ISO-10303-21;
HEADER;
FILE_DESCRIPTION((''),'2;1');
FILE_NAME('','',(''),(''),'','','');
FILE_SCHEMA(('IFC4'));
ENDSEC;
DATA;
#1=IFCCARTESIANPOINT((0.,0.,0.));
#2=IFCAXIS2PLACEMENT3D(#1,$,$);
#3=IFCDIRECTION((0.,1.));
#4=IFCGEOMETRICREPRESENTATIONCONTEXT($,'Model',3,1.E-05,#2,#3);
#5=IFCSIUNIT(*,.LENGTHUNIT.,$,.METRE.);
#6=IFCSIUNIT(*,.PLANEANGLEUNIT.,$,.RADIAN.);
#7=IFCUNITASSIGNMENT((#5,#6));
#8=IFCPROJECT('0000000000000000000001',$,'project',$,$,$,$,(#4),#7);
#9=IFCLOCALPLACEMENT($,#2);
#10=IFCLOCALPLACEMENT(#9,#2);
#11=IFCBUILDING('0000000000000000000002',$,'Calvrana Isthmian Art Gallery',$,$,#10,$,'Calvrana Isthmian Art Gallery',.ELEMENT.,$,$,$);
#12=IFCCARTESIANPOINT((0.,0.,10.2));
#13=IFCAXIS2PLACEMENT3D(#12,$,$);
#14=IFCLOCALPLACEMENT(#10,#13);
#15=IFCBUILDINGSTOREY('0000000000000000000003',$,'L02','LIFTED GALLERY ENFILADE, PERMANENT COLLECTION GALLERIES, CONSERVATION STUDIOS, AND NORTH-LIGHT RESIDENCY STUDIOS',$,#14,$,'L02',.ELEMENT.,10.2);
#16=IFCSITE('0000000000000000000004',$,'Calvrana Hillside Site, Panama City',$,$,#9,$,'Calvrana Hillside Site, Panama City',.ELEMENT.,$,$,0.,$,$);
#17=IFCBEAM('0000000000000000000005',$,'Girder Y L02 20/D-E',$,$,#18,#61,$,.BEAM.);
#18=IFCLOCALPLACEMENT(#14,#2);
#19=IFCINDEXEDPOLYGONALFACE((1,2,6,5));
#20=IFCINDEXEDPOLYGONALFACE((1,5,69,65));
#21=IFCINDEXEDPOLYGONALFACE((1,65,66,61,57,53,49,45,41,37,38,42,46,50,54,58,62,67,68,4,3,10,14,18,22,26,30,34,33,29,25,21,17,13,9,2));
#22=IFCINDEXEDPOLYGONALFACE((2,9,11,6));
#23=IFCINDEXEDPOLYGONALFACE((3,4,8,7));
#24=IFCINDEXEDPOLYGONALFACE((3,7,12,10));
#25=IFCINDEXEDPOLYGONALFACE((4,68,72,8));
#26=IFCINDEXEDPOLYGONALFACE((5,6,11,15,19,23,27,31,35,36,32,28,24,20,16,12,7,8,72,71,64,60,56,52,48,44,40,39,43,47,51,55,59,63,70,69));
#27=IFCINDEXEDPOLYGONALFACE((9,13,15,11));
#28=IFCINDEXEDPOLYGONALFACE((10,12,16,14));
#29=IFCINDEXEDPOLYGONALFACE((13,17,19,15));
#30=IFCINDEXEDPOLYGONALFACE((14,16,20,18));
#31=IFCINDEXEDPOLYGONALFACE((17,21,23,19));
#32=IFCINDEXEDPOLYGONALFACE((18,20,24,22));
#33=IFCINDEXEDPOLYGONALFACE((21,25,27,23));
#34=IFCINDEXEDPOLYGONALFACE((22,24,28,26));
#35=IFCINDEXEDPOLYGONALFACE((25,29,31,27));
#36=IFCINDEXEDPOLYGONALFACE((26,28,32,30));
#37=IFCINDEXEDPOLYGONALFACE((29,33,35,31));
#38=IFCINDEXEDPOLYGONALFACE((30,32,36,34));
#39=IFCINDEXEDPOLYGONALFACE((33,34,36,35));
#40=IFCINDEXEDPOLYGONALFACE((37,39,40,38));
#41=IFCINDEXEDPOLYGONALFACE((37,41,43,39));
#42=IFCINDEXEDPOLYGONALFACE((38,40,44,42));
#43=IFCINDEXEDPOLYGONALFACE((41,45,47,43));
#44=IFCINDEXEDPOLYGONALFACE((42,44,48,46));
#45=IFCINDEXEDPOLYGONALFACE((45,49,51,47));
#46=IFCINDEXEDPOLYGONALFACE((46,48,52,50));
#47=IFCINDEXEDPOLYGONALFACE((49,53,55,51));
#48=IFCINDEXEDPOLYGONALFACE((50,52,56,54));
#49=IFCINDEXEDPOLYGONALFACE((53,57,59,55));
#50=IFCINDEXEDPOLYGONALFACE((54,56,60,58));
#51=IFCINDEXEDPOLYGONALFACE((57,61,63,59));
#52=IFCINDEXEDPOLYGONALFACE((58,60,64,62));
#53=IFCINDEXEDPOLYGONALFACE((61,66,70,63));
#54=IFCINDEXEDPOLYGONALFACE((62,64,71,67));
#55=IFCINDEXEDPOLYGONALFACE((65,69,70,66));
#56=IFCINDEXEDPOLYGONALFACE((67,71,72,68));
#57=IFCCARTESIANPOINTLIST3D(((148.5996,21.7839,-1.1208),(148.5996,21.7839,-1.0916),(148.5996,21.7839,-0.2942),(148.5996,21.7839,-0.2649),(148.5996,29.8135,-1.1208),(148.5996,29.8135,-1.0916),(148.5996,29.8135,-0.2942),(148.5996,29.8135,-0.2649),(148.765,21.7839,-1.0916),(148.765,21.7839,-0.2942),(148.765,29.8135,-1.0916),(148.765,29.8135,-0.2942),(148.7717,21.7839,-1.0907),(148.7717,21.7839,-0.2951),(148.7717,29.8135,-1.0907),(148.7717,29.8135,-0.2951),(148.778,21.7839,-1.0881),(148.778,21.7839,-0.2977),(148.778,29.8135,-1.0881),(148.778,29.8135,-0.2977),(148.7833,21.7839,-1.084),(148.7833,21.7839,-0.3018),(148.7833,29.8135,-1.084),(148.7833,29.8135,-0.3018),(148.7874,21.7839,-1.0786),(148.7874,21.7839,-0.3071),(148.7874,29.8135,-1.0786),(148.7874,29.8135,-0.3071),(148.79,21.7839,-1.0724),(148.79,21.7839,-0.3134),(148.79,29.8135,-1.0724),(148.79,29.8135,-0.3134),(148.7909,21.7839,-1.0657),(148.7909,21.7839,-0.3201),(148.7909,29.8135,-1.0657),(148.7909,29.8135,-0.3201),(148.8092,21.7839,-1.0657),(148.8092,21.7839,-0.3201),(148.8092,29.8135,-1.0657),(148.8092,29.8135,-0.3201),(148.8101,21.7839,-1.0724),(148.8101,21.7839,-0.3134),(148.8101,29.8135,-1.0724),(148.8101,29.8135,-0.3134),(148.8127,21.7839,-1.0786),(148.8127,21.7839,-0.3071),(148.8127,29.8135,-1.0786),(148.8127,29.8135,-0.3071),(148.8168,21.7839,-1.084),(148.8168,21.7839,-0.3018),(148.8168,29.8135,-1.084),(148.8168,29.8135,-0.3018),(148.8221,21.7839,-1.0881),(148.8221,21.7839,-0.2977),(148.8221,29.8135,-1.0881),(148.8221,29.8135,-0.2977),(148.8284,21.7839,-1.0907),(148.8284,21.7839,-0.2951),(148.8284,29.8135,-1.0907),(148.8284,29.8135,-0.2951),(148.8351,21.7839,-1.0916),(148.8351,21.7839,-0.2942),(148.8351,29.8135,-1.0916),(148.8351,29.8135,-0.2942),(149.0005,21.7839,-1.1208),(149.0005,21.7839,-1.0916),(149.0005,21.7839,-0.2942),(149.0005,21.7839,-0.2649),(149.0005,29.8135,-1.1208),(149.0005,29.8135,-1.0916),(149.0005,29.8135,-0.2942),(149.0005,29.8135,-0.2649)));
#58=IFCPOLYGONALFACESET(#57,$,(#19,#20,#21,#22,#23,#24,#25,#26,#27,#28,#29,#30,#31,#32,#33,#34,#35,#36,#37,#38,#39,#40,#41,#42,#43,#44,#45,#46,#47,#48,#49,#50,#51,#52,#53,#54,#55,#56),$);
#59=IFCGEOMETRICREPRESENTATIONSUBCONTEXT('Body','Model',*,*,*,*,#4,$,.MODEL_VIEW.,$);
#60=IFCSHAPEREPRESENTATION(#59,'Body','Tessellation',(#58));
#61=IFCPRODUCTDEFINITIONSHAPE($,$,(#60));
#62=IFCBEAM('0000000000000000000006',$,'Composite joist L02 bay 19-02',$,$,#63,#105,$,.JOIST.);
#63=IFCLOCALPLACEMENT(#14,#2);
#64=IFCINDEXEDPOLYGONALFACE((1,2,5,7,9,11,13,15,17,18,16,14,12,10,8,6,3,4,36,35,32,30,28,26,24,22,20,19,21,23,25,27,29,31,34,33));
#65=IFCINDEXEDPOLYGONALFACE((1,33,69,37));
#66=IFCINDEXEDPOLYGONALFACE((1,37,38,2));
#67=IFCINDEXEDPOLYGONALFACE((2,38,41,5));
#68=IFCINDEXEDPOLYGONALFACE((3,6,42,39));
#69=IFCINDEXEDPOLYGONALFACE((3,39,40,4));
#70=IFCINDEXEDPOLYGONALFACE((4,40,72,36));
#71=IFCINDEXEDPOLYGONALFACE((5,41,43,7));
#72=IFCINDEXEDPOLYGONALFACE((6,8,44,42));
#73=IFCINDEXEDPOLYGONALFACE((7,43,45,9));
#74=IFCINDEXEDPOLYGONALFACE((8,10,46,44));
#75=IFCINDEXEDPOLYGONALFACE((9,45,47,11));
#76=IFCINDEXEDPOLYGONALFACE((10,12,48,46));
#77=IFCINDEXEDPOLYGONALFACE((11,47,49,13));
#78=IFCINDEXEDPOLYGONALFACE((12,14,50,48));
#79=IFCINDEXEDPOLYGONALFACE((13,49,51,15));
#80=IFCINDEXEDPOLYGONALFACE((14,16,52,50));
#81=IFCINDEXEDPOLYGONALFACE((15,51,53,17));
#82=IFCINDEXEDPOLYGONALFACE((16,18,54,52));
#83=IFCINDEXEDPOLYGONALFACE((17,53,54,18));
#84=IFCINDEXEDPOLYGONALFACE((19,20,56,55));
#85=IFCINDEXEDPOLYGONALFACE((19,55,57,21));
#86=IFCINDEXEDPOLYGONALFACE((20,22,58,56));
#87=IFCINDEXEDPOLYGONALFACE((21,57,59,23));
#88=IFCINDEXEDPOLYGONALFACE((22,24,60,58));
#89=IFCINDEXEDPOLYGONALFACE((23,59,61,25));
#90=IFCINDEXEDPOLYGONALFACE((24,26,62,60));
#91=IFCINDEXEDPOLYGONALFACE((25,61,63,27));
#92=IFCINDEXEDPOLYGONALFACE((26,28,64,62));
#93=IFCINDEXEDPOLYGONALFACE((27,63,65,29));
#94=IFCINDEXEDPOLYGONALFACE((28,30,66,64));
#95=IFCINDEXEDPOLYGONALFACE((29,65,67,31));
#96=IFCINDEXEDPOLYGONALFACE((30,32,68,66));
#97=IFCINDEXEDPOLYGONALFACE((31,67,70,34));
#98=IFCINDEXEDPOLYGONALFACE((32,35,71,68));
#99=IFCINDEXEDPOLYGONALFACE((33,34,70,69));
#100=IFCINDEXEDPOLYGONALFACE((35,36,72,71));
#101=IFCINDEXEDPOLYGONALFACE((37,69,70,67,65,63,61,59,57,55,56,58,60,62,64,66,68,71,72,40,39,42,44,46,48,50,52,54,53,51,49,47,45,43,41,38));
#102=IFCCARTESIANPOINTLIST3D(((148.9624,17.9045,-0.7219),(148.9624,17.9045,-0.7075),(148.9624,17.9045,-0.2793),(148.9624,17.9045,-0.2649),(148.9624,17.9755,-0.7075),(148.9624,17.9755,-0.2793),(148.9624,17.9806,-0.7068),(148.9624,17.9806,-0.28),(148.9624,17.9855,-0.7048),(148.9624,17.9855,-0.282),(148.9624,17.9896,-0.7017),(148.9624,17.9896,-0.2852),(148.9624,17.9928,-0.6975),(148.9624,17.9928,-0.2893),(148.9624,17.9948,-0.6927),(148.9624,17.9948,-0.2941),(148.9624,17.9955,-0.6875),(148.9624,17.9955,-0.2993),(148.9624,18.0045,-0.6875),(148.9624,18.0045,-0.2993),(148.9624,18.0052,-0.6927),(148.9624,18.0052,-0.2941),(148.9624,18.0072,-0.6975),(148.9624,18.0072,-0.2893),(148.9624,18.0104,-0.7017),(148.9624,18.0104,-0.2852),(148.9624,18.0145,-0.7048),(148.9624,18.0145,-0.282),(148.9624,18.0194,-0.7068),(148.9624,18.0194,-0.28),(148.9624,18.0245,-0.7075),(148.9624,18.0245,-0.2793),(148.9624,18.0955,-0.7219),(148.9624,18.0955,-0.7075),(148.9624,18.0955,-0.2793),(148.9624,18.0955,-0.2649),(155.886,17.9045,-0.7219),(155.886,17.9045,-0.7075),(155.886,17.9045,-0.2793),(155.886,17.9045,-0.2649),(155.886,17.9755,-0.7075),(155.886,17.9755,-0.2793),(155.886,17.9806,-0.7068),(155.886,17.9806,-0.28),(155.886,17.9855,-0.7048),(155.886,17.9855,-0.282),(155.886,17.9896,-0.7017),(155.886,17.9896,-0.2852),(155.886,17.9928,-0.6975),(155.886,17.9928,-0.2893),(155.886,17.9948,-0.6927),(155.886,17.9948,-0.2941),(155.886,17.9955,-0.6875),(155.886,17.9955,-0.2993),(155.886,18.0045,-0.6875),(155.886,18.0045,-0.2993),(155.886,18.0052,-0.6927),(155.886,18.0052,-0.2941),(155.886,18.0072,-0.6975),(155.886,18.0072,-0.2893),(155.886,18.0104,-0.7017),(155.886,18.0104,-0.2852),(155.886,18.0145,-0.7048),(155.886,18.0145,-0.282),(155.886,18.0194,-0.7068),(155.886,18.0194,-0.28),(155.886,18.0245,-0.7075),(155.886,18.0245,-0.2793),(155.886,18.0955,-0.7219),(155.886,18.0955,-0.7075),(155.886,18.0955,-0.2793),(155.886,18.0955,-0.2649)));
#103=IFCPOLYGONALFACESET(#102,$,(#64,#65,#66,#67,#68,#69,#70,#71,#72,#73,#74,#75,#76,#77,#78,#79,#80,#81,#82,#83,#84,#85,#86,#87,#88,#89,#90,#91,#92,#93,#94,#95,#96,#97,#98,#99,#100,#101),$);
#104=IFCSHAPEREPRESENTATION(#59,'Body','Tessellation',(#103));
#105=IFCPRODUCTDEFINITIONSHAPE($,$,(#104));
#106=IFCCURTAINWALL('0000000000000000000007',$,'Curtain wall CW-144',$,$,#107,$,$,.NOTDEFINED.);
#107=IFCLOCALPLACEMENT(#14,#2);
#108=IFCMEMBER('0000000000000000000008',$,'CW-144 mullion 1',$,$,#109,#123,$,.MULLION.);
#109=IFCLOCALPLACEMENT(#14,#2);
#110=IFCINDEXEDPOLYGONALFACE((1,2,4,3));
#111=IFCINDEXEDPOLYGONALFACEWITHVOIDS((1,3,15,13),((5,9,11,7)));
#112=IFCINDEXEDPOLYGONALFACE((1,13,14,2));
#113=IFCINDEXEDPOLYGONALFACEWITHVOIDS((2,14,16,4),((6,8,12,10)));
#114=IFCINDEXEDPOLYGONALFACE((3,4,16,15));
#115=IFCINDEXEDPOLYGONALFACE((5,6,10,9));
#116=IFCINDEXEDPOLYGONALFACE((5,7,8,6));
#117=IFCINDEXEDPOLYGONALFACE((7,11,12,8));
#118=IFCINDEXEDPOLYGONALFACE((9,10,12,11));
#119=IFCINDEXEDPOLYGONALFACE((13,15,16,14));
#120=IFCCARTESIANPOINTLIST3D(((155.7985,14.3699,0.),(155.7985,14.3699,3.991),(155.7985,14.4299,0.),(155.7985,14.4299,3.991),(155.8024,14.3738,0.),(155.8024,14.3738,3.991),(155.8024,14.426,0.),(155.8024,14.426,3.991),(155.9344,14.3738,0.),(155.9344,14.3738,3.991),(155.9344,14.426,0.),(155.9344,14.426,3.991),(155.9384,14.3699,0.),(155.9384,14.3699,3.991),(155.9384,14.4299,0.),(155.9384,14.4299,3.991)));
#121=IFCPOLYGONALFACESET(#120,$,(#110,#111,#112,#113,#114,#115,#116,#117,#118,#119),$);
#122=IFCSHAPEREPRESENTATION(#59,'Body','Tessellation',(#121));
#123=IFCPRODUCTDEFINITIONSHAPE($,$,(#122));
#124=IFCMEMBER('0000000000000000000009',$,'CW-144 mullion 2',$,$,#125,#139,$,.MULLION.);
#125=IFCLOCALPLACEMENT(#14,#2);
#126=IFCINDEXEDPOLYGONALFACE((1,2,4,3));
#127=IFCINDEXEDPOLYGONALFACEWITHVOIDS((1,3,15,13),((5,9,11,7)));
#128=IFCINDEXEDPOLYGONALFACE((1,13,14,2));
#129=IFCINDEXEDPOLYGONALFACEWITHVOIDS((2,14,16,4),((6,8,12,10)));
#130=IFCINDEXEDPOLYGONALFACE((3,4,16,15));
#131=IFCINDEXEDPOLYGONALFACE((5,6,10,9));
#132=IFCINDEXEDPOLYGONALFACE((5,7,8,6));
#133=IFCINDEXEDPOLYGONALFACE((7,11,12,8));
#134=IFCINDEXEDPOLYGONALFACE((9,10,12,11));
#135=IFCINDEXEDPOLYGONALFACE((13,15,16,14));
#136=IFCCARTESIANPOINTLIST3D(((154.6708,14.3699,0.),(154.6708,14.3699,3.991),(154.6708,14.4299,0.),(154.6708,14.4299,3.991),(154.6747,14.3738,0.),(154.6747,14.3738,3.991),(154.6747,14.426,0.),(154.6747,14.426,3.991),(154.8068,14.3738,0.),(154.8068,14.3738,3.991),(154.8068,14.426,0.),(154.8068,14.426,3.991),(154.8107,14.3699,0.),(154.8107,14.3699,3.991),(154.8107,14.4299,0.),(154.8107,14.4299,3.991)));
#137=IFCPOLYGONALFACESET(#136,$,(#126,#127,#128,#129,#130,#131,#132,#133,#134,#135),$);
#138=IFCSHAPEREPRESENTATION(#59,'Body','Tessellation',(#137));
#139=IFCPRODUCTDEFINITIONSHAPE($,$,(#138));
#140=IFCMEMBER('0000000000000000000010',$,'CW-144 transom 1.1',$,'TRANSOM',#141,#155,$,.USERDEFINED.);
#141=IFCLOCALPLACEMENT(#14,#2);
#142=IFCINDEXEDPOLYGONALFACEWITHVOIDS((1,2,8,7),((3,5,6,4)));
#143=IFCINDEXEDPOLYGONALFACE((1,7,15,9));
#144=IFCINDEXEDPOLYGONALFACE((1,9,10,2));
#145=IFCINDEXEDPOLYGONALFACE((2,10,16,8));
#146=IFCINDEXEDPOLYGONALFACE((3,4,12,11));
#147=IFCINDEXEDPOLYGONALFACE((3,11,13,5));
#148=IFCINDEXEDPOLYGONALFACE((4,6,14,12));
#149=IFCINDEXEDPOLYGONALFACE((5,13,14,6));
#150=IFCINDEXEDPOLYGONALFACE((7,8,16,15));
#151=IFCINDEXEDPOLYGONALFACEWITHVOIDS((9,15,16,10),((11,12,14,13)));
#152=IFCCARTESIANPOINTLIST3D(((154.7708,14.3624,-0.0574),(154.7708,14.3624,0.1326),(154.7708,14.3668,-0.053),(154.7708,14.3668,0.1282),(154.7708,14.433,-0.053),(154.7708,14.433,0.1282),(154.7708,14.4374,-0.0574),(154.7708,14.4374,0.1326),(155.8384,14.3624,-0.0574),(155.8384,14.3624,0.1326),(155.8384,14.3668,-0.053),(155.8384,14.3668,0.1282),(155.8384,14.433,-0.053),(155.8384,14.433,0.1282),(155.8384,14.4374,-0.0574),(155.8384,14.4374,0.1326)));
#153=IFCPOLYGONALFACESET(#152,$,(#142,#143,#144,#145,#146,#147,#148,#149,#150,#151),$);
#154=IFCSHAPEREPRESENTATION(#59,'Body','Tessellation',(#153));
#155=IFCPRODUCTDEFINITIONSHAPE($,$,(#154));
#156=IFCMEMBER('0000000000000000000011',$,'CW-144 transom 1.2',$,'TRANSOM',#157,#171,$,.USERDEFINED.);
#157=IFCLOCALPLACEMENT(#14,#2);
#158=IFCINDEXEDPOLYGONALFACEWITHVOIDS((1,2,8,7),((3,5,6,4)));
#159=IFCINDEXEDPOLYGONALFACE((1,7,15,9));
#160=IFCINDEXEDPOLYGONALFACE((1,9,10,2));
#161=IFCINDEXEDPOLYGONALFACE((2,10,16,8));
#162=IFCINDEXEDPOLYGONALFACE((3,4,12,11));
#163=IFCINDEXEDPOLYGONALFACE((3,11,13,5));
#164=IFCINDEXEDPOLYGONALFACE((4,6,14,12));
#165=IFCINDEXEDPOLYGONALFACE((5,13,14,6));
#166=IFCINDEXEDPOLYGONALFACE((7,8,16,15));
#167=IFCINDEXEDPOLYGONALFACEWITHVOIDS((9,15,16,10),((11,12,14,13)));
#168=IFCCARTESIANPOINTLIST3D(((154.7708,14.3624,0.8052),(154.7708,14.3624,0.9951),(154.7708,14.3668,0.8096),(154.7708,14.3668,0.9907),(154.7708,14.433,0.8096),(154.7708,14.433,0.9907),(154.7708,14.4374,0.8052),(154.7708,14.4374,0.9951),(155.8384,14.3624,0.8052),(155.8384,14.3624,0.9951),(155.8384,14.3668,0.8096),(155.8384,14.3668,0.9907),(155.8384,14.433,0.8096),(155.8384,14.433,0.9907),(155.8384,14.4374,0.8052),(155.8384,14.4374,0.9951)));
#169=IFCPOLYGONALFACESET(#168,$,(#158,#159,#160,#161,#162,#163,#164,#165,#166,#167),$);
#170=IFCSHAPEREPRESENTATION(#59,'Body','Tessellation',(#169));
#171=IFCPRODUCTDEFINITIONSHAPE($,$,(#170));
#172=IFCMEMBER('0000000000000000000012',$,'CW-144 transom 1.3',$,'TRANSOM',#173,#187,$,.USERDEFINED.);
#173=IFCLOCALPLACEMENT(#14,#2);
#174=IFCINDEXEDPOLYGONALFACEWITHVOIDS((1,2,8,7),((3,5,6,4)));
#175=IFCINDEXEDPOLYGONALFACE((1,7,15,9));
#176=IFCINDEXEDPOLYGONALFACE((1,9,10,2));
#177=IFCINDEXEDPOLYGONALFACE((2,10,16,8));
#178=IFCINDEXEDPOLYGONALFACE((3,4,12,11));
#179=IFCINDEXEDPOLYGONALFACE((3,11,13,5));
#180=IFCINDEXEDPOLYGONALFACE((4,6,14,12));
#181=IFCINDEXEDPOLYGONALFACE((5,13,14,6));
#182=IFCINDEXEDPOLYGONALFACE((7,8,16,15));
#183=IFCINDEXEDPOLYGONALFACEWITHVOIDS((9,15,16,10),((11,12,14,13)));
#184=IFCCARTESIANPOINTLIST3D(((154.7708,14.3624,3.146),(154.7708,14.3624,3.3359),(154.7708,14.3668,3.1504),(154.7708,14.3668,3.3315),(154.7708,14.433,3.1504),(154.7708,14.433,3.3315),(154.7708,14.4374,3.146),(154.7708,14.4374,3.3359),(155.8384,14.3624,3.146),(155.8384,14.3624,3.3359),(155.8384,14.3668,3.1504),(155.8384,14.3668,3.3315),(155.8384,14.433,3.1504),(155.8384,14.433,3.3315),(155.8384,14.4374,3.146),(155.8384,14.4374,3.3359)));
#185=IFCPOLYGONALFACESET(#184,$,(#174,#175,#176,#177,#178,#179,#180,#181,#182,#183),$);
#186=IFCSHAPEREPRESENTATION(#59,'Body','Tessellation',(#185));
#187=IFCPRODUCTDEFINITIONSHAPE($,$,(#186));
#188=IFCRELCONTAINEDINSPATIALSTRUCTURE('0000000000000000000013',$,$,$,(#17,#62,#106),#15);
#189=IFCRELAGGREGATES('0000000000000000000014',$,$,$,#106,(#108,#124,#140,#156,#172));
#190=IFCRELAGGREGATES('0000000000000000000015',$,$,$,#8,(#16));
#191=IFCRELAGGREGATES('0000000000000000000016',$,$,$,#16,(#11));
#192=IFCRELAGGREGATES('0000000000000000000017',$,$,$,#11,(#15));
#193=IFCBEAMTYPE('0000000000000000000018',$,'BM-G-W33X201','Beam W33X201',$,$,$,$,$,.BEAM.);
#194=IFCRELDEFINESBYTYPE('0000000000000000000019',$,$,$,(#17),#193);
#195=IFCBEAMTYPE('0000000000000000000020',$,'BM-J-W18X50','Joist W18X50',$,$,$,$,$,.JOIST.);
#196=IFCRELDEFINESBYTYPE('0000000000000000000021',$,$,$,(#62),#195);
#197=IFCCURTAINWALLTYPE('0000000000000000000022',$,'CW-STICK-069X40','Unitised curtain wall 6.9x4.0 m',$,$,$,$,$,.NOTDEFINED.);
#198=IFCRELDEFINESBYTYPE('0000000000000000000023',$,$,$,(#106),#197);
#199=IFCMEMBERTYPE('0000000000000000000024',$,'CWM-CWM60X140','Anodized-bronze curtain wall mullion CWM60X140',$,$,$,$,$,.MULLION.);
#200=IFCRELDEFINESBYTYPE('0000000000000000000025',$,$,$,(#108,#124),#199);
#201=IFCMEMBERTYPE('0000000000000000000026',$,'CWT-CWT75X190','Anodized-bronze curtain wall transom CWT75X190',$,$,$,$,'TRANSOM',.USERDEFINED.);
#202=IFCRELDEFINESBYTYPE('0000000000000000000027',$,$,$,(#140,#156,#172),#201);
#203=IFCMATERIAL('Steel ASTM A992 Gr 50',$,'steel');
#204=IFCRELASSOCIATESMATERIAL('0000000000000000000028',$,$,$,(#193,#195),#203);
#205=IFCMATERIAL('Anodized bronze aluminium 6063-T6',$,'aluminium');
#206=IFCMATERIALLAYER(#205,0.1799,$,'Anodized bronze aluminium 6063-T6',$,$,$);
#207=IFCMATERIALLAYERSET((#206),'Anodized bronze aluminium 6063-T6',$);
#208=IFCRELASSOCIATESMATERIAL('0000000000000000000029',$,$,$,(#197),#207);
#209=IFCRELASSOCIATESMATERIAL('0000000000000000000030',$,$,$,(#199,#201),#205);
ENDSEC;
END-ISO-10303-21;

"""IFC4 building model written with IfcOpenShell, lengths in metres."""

from ifc_helpers import new_model, si_unit, direction, frame, origin, origin_2d, place, context, subcontext, project, spatial, hollow_rectangle, i_section, extrude, material, layer, layer_set, material_profile, profile_set, type_object, element, aggregate, save


model = new_model("IFC4")

# Units and contexts
model_context = context("Model", 3, precision=1e-05, world=origin(), true_north=direction((0.0, 1.0)))
body_context = subcontext(model_context, "Body", "Model", "MODEL_VIEW")
ifc_project = project(units=[si_unit("LENGTHUNIT", "METRE"), si_unit("PLANEANGLEUNIT", "RADIAN")], contexts=[model_context])

# Site, building, storey
site_placement = place(None, origin())
site = spatial("IfcSite", under=ifc_project, at=site_placement, Name="Calvrana Hillside Site, Panama City", LongName="Calvrana Hillside Site, Panama City", CompositionType="ELEMENT", RefElevation=0.0)
building_placement = place(site_placement, origin())
building = spatial("IfcBuilding", under=site, at=building_placement, Name="Calvrana Isthmian Art Gallery", LongName="Calvrana Isthmian Art Gallery", CompositionType="ELEMENT")
storey_placement = place(building_placement, frame((0.0, 0.0, 10.2)))
storey = spatial("IfcBuildingStorey", under=building, at=storey_placement, Name="L02", Description="LIFTED GALLERY ENFILADE, PERMANENT COLLECTION GALLERIES, CONSERVATION STUDIOS, AND NORTH-LIGHT RESIDENCY STUDIOS", LongName="L02", CompositionType="ELEMENT", Elevation=10.2)

# Beams
ifc_material_1 = material(Name="Steel ASTM A992 Gr 50", Category="steel")
ifc_material_profile_1 = material_profile(ifc_material_1, i_section(OverallWidth=0.4009, OverallDepth=0.856, WebThickness=0.0183, FlangeThickness=0.0293, FilletRadius=0.0259, at=origin_2d()), Name="W33X201")
ifc_profile_set_1 = profile_set([ifc_material_profile_1], Name="Steel ASTM A992 Gr 50")
beam_type_1 = type_object("IfcBeamType", Name="BM-G-W33X201", Description="Beam W33X201", PredefinedType="BEAM", material=ifc_profile_set_1)
beam_1_placement = place(storey_placement, frame((148.8, 21.7839, -0.6929), z_axis=(0.0, 1.0, 0.0), x_axis=(-1.0, 0.0, 0.0)))
element("IfcBeam", 1, at=beam_1_placement, inside=storey, type_object=beam_type_1, Name="Girder Y L02 20/D-E", PredefinedType="BEAM", context=body_context, shape_type="SweptSolid", body=[
    extrude(i_section(OverallWidth=0.4009, OverallDepth=0.856, WebThickness=0.0183, FlangeThickness=0.0293, FilletRadius=0.0259, at=origin_2d()), origin(), (0.0, 0.0, 1.0), 8.0295),
])
ifc_material_profile_2 = material_profile(ifc_material_1, i_section(OverallWidth=0.1909, OverallDepth=0.457, WebThickness=0.009, FlangeThickness=0.0144, FilletRadius=0.02, at=origin_2d()), Name="W18X50")
ifc_profile_set_2 = profile_set([ifc_material_profile_2], Name="Steel ASTM A992 Gr 50")
beam_type_2 = type_object("IfcBeamType", Name="BM-J-W18X50", Description="Joist W18X50", PredefinedType="JOIST", material=ifc_profile_set_2)
beam_2_placement = place(storey_placement, frame((148.9624, 18.0, -0.4934), z_axis=(1.0, 0.0, 0.0), x_axis=(0.0, 1.0, 0.0)))
element("IfcBeam", 2, at=beam_2_placement, inside=storey, type_object=beam_type_2, Name="Composite joist L02 bay 19-02", PredefinedType="JOIST", context=body_context, shape_type="SweptSolid", body=[
    extrude(i_section(OverallWidth=0.1909, OverallDepth=0.457, WebThickness=0.009, FlangeThickness=0.0144, FilletRadius=0.02, at=origin_2d()), origin(), (0.0, 0.0, 1.0), 6.9236),
])

# Curtain wall, members
ifc_material_2 = material(Name="Anodized bronze aluminium 6063-T6", Category="aluminium")
ifc_layer_1 = layer(ifc_material_2, 0.1799, Name="Anodized bronze aluminium 6063-T6")
ifc_layer_set_1 = layer_set([ifc_layer_1], Name="Anodized bronze aluminium 6063-T6")
curtain_wall_type = type_object("IfcCurtainWallType", Name="CW-STICK-069X40", Description="Unitised curtain wall 6.9x4.0 m", PredefinedType="NOTDEFINED", material=ifc_layer_set_1)
curtain_wall_placement = place(storey_placement, origin())
curtain_wall = element("IfcCurtainWall", 3, at=curtain_wall_placement, inside=storey, type_object=curtain_wall_type, Name="Curtain wall CW-144", PredefinedType="NOTDEFINED")
ifc_material_profile_3 = material_profile(ifc_material_2, hollow_rectangle(XDim=0.0601, YDim=0.1399, WallThickness=0.0039, at=origin_2d()), Name="CWM60X140")
ifc_profile_set_3 = profile_set([ifc_material_profile_3], Name="Anodized bronze aluminium 6063-T6")
member_type_1 = type_object("IfcMemberType", Name="CWM-CWM60X140", Description="Anodized-bronze curtain wall mullion CWM60X140", PredefinedType="MULLION", material=ifc_profile_set_3)
member_1_placement = place(storey_placement, frame((155.8684, 14.3999, 0.0), z_axis=(0.0, 0.0, 1.0), x_axis=(0.0, -1.0, 0.0)))
member_1 = element("IfcMember", 4, at=member_1_placement, type_object=member_type_1, Name="CW-144 mullion 1", PredefinedType="MULLION", context=body_context, shape_type="SweptSolid", body=[
    extrude(hollow_rectangle(XDim=0.0601, YDim=0.1399, WallThickness=0.0039, at=origin_2d()), origin(), (0.0, 0.0, 1.0), 3.991),
])
member_2_placement = place(storey_placement, frame((154.7407, 14.3999, 0.0), z_axis=(0.0, 0.0, 1.0), x_axis=(0.0, -1.0, 0.0)))
member_2 = element("IfcMember", 5, at=member_2_placement, type_object=member_type_1, Name="CW-144 mullion 2", PredefinedType="MULLION", context=body_context, shape_type="SweptSolid", body=[
    extrude(hollow_rectangle(XDim=0.0601, YDim=0.1399, WallThickness=0.0039, at=origin_2d()), origin(), (0.0, 0.0, 1.0), 3.991),
])
ifc_material_profile_4 = material_profile(ifc_material_2, hollow_rectangle(XDim=0.075, YDim=0.1899, WallThickness=0.0044, at=origin_2d()), Name="CWT75X190")
ifc_profile_set_4 = profile_set([ifc_material_profile_4], Name="Anodized bronze aluminium 6063-T6")
member_type_2 = type_object("IfcMemberType", Name="CWT-CWT75X190", Description="Anodized-bronze curtain wall transom CWT75X190", ElementType="TRANSOM", PredefinedType="USERDEFINED", material=ifc_profile_set_4)
member_3_placement = place(storey_placement, frame((155.8384, 14.3999, 0.0376), z_axis=(-1.0, 0.0, 0.0), x_axis=(0.0, -1.0, 0.0)))
member_3 = element("IfcMember", 6, at=member_3_placement, type_object=member_type_2, Name="CW-144 transom 1.1", ObjectType="TRANSOM", PredefinedType="USERDEFINED", context=body_context, shape_type="SweptSolid", body=[
    extrude(hollow_rectangle(XDim=0.075, YDim=0.1899, WallThickness=0.0044, at=origin_2d()), origin(), (0.0, 0.0, 1.0), 1.0676),
])
member_4_placement = place(storey_placement, frame((155.8384, 14.3999, 0.9001), z_axis=(-1.0, 0.0, 0.0), x_axis=(0.0, -1.0, 0.0)))
member_4 = element("IfcMember", 7, at=member_4_placement, type_object=member_type_2, Name="CW-144 transom 1.2", ObjectType="TRANSOM", PredefinedType="USERDEFINED", context=body_context, shape_type="SweptSolid", body=[
    extrude(hollow_rectangle(XDim=0.075, YDim=0.1899, WallThickness=0.0044, at=origin_2d()), origin(), (0.0, 0.0, 1.0), 1.0676),
])
member_5_placement = place(storey_placement, frame((155.8384, 14.3999, 3.241), z_axis=(-1.0, 0.0, 0.0), x_axis=(0.0, -1.0, 0.0)))
member_5 = element("IfcMember", 8, at=member_5_placement, type_object=member_type_2, Name="CW-144 transom 1.3", ObjectType="TRANSOM", PredefinedType="USERDEFINED", context=body_context, shape_type="SweptSolid", body=[
    extrude(hollow_rectangle(XDim=0.075, YDim=0.1899, WallThickness=0.0044, at=origin_2d()), origin(), (0.0, 0.0, 1.0), 1.0676),
])
aggregate(curtain_wall, [member_1, member_2, member_3, member_4, member_5])

save(model, "model.ifc")
